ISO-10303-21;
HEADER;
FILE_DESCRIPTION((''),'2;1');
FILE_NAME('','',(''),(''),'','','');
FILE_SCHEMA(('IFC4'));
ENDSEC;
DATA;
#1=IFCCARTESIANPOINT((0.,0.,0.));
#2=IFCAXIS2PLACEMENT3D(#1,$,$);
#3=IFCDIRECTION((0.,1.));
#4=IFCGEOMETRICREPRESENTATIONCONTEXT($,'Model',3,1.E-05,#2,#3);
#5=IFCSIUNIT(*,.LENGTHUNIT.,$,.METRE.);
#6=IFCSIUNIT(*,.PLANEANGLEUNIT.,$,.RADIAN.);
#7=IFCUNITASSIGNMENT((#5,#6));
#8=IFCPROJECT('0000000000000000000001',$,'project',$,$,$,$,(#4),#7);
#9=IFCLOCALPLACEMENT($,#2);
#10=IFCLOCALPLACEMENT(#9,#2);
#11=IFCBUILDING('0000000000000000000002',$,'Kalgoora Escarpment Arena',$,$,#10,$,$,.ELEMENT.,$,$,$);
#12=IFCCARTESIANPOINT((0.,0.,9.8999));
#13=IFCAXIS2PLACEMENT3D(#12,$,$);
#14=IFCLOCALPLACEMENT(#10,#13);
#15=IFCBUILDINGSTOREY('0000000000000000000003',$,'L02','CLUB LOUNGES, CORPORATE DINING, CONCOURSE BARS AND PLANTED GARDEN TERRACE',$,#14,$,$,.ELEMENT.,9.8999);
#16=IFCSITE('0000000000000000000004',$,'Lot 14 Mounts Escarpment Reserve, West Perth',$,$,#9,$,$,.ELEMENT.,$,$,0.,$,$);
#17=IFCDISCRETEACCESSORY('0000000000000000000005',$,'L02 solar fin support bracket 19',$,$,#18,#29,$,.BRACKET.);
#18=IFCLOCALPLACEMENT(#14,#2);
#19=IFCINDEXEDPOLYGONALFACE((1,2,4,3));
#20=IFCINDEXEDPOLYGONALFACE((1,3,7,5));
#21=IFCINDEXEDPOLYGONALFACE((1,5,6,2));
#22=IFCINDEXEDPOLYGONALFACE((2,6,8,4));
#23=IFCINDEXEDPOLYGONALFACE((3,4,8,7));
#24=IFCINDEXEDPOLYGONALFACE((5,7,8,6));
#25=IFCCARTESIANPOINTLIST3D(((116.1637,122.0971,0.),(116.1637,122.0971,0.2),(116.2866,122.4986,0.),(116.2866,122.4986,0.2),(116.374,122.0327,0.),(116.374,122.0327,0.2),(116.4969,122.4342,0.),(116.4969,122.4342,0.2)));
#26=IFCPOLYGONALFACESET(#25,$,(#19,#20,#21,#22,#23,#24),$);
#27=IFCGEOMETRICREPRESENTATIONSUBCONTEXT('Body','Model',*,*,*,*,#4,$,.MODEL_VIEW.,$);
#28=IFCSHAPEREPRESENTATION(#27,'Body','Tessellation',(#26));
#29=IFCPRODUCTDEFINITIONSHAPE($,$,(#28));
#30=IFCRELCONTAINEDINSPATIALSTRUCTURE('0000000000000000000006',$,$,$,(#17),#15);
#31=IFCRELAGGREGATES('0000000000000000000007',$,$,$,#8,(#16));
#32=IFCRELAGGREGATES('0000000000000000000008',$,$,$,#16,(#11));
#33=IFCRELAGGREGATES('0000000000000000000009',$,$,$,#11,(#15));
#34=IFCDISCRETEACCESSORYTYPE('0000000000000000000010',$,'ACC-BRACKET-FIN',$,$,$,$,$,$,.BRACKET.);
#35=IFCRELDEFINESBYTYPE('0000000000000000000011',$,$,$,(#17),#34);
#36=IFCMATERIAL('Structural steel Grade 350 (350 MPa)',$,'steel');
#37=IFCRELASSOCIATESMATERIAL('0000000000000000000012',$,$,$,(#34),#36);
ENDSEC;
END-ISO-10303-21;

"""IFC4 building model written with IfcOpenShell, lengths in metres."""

from ifc_helpers import new_model, si_unit, direction, frame, origin, origin_2d, place, context, subcontext, project, spatial, rectangle, extrude, material, type_object, element, save


model = new_model("IFC4")

# Units and contexts
model_context = context("Model", 3, precision=1e-05, world=origin(), true_north=direction((0.0, 1.0)))
body_context = subcontext(model_context, "Body", "Model", "MODEL_VIEW")
ifc_project = project(units=[si_unit("LENGTHUNIT", "METRE"), si_unit("PLANEANGLEUNIT", "RADIAN")], contexts=[model_context])

# Site, building, storey
site_placement = place(None, origin())
site = spatial("IfcSite", under=ifc_project, at=site_placement, Name="Lot 14 Mounts Escarpment Reserve, West Perth", CompositionType="ELEMENT", RefElevation=0.0)
building_placement = place(site_placement, origin())
building = spatial("IfcBuilding", under=site, at=building_placement, Name="Kalgoora Escarpment Arena", CompositionType="ELEMENT")
storey_placement = place(building_placement, frame((0.0, 0.0, 9.8999)))
storey = spatial("IfcBuildingStorey", under=building, at=storey_placement, Name="L02", Description="CLUB LOUNGES, CORPORATE DINING, CONCOURSE BARS AND PLANTED GARDEN TERRACE", CompositionType="ELEMENT", Elevation=9.8999)

# Discrete accessory
ifc_material_1 = material(Name="Structural steel Grade 350 (350 MPa)", Category="steel")
discrete_accessory_type = type_object("IfcDiscreteAccessoryType", Name="ACC-BRACKET-FIN", PredefinedType="BRACKET", material=ifc_material_1)
discrete_accessory_placement = place(storey_placement, frame((116.3303, 122.2656, 0.0), z_axis=(0.0, 0.0, 1.0), x_axis=(0.292706, 0.956203, 0.0)))
element("IfcDiscreteAccessory", 1, at=discrete_accessory_placement, inside=storey, type_object=discrete_accessory_type, Name="L02 solar fin support bracket 19", PredefinedType="BRACKET", context=body_context, shape_type="SweptSolid", body=[
    extrude(rectangle(XDim=0.4199, YDim=0.22, at=origin_2d()), origin(), (0.0, 0.0, 1.0), 0.2),
])

save(model, "model.ifc")
